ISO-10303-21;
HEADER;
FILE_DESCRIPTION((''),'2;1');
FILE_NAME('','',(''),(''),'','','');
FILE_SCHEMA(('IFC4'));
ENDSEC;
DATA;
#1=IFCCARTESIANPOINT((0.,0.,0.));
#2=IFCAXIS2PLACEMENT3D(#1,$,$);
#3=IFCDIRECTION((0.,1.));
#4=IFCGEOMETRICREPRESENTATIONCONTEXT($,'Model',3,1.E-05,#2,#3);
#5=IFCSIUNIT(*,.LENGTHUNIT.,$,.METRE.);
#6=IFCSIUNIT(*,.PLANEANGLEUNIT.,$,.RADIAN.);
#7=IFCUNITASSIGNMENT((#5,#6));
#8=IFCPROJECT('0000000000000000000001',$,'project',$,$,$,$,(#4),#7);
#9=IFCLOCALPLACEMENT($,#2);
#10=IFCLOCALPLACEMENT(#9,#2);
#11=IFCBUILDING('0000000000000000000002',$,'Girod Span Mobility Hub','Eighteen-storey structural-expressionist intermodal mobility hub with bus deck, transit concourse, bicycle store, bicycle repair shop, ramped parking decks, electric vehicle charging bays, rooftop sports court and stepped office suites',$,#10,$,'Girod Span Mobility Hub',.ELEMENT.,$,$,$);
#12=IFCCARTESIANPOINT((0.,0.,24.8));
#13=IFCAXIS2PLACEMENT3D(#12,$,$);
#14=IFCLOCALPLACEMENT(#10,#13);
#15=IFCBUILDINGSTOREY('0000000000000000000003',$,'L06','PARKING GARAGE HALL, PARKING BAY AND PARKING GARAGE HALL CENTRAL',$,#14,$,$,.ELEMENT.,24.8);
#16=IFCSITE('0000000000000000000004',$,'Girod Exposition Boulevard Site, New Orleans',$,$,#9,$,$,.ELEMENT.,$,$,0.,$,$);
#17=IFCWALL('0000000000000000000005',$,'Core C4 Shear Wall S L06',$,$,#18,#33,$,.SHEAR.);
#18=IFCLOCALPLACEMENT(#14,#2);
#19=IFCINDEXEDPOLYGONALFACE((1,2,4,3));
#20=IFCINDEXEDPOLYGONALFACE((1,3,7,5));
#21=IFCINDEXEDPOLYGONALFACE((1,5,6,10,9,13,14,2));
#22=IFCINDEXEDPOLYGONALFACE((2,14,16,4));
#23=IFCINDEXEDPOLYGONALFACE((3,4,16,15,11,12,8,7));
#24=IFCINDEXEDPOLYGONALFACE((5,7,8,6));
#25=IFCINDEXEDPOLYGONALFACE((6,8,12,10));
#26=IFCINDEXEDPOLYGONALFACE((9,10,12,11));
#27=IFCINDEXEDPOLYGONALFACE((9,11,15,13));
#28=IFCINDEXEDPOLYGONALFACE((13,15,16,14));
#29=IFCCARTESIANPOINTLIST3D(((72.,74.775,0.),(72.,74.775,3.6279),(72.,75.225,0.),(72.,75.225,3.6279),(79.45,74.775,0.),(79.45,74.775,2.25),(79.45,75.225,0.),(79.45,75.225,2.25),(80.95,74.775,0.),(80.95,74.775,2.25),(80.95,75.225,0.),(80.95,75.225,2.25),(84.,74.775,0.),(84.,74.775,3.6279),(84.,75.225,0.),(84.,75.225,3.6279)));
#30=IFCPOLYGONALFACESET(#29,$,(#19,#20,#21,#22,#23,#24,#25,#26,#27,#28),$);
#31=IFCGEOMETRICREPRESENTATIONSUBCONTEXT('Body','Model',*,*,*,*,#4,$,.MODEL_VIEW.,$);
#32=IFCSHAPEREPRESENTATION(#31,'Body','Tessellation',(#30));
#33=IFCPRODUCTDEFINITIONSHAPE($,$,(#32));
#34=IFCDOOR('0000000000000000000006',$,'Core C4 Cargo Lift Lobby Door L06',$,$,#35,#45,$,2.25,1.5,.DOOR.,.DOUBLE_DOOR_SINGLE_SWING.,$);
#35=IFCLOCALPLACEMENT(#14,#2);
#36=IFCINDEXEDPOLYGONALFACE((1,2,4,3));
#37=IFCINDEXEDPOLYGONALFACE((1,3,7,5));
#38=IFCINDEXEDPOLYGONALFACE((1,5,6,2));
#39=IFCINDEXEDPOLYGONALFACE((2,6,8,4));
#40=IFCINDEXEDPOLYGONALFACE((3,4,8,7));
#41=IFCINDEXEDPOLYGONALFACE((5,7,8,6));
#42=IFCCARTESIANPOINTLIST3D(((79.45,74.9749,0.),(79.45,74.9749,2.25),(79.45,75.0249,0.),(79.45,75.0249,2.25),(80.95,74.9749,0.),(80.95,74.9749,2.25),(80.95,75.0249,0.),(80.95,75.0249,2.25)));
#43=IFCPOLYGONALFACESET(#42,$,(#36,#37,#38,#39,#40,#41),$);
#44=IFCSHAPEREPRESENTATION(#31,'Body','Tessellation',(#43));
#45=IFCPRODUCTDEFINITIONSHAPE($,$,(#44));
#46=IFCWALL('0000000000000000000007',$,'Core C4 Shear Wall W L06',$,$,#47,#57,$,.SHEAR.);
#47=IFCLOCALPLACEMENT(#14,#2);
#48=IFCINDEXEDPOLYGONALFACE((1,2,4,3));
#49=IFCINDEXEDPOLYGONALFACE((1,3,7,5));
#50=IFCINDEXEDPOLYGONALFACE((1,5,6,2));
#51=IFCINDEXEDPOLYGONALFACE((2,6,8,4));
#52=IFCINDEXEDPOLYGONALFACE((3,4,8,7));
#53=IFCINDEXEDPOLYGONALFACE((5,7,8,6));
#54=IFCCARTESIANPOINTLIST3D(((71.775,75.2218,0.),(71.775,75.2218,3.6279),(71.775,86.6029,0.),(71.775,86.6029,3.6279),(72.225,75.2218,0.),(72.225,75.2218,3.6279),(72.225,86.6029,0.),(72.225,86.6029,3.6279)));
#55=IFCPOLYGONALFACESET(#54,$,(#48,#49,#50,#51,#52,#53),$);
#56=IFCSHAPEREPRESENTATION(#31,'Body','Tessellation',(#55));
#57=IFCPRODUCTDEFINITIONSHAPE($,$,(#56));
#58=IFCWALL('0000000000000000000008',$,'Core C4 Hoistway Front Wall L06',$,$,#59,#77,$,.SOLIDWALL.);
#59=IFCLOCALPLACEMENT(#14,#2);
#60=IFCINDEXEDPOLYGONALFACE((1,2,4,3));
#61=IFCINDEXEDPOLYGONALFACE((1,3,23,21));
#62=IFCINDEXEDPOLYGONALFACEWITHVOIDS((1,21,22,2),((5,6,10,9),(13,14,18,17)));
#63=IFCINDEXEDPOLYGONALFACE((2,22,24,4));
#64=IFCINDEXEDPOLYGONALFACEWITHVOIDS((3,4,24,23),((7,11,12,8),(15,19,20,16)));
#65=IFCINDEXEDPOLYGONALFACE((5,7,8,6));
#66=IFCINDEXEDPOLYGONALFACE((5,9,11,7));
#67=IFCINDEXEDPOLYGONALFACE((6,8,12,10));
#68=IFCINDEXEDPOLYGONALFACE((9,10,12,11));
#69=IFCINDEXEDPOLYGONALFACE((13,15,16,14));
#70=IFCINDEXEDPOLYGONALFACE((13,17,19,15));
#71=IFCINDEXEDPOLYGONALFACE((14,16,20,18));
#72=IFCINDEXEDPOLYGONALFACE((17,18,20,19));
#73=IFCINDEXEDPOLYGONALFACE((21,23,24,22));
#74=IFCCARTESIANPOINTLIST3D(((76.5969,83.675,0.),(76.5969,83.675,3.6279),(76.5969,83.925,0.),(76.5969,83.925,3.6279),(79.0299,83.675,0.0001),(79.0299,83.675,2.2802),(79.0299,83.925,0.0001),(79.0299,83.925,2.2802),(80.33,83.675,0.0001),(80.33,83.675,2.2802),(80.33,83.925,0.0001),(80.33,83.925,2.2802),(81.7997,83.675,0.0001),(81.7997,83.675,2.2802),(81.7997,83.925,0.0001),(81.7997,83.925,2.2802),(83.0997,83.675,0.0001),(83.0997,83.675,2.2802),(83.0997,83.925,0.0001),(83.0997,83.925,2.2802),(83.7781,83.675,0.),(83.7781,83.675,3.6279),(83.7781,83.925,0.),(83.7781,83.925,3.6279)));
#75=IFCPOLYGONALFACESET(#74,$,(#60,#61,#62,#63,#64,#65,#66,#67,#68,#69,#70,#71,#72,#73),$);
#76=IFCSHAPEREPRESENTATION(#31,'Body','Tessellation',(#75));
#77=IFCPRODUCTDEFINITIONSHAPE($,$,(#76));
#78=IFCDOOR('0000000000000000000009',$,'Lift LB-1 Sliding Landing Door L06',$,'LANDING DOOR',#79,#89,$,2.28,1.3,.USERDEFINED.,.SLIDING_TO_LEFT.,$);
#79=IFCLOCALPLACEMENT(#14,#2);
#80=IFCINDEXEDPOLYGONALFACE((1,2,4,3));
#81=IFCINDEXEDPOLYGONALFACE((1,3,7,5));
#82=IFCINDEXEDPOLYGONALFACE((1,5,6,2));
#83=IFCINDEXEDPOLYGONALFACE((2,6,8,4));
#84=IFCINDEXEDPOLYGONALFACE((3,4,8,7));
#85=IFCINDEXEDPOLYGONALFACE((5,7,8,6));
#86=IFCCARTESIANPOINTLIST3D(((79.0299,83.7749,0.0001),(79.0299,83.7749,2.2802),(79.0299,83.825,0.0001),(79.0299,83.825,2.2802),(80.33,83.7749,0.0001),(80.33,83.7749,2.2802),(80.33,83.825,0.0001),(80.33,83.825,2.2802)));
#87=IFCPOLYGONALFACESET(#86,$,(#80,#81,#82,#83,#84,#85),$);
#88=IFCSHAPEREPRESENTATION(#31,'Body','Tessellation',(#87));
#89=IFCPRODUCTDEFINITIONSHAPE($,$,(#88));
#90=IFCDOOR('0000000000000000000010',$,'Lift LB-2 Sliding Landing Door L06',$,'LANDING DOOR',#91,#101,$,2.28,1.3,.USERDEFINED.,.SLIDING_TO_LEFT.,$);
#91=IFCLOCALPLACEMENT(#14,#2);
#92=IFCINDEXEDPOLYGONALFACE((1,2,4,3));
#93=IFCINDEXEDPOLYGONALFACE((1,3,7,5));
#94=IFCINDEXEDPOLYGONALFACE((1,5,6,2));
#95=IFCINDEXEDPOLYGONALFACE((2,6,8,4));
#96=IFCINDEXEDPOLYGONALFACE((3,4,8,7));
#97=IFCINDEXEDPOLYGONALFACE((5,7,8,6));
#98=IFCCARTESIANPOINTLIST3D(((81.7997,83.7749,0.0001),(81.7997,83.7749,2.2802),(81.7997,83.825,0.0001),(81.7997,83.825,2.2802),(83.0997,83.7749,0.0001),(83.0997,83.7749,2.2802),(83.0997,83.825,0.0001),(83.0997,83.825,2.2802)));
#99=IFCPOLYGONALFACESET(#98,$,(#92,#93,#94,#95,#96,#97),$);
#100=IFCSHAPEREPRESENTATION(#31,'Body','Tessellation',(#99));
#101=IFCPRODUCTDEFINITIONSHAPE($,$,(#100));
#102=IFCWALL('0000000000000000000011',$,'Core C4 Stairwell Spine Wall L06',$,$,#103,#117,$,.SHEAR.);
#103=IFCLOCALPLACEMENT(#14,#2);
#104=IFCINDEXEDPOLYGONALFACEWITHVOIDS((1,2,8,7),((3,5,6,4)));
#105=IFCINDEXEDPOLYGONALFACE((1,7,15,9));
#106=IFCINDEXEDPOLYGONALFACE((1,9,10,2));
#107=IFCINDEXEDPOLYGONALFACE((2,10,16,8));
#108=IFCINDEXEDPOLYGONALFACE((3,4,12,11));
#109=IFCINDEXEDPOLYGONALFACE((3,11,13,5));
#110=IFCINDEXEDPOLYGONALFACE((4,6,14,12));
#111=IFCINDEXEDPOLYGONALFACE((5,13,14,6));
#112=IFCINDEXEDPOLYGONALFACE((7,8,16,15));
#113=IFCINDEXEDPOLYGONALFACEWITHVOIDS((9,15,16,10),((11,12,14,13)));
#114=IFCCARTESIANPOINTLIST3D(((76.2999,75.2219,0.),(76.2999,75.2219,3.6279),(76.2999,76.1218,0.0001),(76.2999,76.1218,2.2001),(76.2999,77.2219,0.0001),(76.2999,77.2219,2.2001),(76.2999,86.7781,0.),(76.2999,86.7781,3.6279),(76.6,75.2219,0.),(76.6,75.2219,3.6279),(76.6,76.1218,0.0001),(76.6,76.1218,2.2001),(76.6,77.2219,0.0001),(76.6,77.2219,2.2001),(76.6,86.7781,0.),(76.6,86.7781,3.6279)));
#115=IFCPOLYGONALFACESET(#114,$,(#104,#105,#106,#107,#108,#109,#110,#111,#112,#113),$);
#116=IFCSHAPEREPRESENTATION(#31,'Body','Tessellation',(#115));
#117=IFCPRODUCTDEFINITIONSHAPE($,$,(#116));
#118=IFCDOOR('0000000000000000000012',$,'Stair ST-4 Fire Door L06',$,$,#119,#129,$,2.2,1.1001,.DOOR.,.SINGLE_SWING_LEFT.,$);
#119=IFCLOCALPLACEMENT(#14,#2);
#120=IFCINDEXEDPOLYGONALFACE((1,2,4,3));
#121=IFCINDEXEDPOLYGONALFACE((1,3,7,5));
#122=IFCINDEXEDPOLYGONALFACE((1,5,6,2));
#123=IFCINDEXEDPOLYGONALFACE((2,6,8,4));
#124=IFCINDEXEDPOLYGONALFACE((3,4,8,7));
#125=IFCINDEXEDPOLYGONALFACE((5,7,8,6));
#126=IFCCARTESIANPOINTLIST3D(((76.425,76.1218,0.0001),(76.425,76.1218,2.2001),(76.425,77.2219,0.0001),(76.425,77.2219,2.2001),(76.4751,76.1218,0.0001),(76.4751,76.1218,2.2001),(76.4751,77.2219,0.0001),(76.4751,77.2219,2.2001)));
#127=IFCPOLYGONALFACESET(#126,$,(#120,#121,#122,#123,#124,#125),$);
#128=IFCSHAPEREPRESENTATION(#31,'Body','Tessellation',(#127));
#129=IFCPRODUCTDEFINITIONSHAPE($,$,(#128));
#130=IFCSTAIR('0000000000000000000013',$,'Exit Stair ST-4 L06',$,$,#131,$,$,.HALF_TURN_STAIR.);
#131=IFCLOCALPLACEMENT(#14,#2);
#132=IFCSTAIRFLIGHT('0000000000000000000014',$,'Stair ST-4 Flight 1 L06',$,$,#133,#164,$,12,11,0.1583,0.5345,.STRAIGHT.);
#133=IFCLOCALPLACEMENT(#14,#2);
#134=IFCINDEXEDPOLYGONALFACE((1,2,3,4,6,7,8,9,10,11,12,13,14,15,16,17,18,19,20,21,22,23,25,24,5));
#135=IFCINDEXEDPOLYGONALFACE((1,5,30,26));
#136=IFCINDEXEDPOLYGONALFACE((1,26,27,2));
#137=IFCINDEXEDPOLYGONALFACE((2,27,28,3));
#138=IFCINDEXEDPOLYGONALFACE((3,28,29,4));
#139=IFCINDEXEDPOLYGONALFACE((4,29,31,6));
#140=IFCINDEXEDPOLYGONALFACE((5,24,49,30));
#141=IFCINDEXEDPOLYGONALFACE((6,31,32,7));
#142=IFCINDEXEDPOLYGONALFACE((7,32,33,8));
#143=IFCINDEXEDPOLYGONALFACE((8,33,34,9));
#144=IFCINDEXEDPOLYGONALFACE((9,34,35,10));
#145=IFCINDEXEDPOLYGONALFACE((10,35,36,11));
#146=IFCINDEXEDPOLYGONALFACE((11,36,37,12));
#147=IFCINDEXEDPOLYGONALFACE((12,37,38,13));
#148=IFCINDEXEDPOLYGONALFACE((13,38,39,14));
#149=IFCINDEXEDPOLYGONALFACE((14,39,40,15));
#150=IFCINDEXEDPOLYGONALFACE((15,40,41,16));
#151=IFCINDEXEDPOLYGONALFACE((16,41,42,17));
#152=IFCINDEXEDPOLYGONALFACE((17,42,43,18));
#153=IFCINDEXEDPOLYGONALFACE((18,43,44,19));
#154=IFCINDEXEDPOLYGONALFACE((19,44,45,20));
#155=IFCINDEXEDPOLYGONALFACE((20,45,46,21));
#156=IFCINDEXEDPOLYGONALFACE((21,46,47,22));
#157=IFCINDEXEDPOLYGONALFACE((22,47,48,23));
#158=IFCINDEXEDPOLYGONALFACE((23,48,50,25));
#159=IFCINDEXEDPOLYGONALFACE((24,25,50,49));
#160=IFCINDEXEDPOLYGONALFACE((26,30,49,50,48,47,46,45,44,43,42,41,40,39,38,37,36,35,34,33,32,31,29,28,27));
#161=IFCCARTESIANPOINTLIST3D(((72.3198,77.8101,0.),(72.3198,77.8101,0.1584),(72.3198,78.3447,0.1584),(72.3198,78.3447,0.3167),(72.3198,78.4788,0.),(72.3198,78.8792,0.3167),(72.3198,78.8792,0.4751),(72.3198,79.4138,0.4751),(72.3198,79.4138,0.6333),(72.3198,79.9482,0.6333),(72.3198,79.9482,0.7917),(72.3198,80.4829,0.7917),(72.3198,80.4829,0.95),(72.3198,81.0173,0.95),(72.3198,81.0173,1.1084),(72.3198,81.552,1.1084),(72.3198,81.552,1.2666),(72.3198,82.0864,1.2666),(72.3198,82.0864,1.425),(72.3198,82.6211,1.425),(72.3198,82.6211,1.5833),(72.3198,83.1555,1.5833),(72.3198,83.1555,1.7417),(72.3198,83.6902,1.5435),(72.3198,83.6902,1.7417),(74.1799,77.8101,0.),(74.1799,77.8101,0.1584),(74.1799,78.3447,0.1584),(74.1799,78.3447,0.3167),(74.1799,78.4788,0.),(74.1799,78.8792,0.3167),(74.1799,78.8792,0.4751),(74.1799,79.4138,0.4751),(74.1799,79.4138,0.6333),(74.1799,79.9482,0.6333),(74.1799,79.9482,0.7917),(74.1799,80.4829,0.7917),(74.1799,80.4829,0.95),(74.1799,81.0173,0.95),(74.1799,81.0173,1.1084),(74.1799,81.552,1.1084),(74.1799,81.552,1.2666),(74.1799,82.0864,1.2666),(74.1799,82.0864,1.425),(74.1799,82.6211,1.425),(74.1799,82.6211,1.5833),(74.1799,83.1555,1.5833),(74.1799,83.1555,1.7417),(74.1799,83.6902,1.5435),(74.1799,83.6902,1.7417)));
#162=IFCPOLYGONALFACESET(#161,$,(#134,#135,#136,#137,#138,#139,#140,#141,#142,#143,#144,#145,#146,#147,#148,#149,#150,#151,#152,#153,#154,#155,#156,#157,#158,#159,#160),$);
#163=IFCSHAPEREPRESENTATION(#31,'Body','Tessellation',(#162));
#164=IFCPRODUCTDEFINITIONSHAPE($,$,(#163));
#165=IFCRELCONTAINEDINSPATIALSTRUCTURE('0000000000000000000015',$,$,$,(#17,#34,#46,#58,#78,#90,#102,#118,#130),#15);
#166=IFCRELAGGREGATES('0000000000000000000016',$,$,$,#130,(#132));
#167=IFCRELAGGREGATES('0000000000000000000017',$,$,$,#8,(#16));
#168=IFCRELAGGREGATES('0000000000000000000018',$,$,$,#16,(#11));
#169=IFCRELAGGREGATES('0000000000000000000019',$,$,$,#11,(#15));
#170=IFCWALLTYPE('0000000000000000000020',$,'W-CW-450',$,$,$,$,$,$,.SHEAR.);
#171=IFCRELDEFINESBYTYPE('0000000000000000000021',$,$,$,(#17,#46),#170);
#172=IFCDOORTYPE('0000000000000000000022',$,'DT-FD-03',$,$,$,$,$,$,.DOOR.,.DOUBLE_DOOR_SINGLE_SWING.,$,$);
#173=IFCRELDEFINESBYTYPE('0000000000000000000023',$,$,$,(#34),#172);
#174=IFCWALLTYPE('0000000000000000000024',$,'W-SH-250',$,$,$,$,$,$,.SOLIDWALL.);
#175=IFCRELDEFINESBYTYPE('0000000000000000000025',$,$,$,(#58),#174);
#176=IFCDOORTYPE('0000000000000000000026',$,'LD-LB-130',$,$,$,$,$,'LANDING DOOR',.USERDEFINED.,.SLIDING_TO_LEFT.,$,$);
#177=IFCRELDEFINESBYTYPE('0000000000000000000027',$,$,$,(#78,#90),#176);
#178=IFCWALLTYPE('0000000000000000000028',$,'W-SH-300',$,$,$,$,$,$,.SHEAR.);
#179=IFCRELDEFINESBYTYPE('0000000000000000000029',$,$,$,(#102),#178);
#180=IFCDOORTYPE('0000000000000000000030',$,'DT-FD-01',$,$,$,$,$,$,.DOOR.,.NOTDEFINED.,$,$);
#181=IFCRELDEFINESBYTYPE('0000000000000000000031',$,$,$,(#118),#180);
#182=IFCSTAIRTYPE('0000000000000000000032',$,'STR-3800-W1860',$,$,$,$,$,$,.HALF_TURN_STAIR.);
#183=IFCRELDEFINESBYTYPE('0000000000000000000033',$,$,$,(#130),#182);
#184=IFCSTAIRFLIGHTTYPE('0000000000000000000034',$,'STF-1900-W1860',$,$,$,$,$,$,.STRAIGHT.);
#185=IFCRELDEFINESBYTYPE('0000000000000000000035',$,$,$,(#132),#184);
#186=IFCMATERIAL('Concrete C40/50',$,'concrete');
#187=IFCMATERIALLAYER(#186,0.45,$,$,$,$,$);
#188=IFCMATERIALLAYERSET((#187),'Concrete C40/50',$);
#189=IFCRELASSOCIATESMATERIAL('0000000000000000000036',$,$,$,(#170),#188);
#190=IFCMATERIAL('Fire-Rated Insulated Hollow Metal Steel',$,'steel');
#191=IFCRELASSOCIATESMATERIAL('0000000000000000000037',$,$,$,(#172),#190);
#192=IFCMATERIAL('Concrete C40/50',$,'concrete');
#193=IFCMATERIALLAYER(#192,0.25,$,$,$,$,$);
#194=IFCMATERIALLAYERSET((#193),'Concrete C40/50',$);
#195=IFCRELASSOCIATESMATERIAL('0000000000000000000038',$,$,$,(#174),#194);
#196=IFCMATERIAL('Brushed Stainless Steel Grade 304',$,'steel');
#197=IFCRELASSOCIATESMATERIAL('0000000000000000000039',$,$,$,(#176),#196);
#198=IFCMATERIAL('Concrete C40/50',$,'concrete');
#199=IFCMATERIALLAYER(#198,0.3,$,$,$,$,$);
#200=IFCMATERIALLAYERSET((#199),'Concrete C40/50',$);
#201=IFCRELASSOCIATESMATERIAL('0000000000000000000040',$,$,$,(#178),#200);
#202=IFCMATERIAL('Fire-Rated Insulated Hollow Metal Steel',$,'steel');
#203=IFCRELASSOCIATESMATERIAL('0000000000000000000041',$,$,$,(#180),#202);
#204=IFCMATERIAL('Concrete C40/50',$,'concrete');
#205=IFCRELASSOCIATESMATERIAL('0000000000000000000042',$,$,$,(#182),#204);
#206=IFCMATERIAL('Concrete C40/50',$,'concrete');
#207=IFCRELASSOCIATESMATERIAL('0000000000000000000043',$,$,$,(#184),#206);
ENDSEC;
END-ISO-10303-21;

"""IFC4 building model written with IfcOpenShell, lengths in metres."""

from ifc_helpers import new_model, si_unit, direction, frame, frame_2d, origin, place, context, subcontext, project, spatial, polyline, rectangle, outline, extrude, material, layer, layer_set, type_object, element, fill, aggregate, save


model = new_model("IFC4")

# Units and contexts
model_context = context("Model", 3, precision=1e-05, world=origin(), true_north=direction((0.0, 1.0)))
body_context = subcontext(model_context, "Body", "Model", "MODEL_VIEW")
ifc_project = project(units=[si_unit("LENGTHUNIT", "METRE"), si_unit("PLANEANGLEUNIT", "RADIAN")], contexts=[model_context])

# Site, building, storey
site_placement = place(None, origin())
site = spatial("IfcSite", under=ifc_project, at=site_placement, Name="Girod Exposition Boulevard Site, New Orleans", CompositionType="ELEMENT", RefElevation=0.0)
building_placement = place(site_placement, origin())
building = spatial("IfcBuilding", under=site, at=building_placement, Name="Girod Span Mobility Hub", Description="Eighteen-storey structural-expressionist intermodal mobility hub with bus deck, transit concourse, bicycle store, bicycle repair shop, ramped parking decks, electric vehicle charging bays, rooftop sports court and stepped office suites", LongName="Girod Span Mobility Hub", CompositionType="ELEMENT")
storey_placement = place(building_placement, frame((0.0, 0.0, 24.8)))
storey = spatial("IfcBuildingStorey", under=building, at=storey_placement, Name="L06", Description="PARKING GARAGE HALL, PARKING BAY AND PARKING GARAGE HALL CENTRAL", CompositionType="ELEMENT", Elevation=24.8)

# Wall, opening, door
ifc_material_1 = material(Name="Concrete C40/50", Category="concrete")
ifc_layer_1 = layer(ifc_material_1, 0.45)
ifc_layer_set_1 = layer_set([ifc_layer_1], Name="Concrete C40/50")
wall_type_1 = type_object("IfcWallType", Name="W-CW-450", PredefinedType="SHEAR", material=ifc_layer_set_1)
wall_1_placement = place(storey_placement, frame((72.0, 75.0, 0.0), z_axis=(0.0, 0.0, 1.0), x_axis=(1.0, 0.0, 0.0)))
wall_1 = element("IfcWall", 1, at=wall_1_placement, inside=storey, type_object=wall_type_1, Name="Core C4 Shear Wall S L06", PredefinedType="SHEAR", context=body_context, shape_type="SweptSolid", body=[
    extrude(rectangle(XDim=12.0, YDim=0.45, at=frame_2d((6.0, 0.0))), origin(), (0.0, 0.0, 1.0), 3.6279),
])
opening_1_placement = place(wall_1_placement, frame((7.45, 0.0, 0.0)))
opening_1 = element("IfcOpeningElement", 2, at=opening_1_placement, cuts=wall_1, PredefinedType="OPENING", context=body_context, shape_type="SweptSolid", body=[
    extrude(rectangle(XDim=1.5, YDim=2.25, at=frame_2d((0.75, 1.125))), frame((0.0, 0.24, 0.0), z_axis=(0.0, -1.0, 0.0), x_axis=(1.0, 0.0, 0.0)), (0.0, 0.0, 1.0), 0.48),
])
ifc_material_2 = material(Name="Fire-Rated Insulated Hollow Metal Steel", Category="steel")
door_type_1 = type_object("IfcDoorType", Name="DT-FD-03", OperationType="DOUBLE_DOOR_SINGLE_SWING", PredefinedType="DOOR", material=ifc_material_2)
door_1_placement = place(opening_1_placement, origin())
door_1 = element("IfcDoor", 3, at=door_1_placement, inside=storey, type_object=door_type_1, Name="Core C4 Cargo Lift Lobby Door L06", OperationType="DOUBLE_DOOR_SINGLE_SWING", OverallHeight=2.25, OverallWidth=1.5, PredefinedType="DOOR", context=body_context, shape_type="SweptSolid", body=[
    extrude(rectangle(XDim=1.5, YDim=2.25, at=frame_2d((0.75, 1.125))), frame((0.0, 0.0249, 0.0), z_axis=(0.0, -1.0, 0.0), x_axis=(1.0, 0.0, 0.0)), (0.0, 0.0, 1.0), 0.05),
])
fill(opening_1, door_1)

# Wall
wall_2_placement = place(storey_placement, frame((72.0, 75.2219, 0.0), z_axis=(0.0, 0.0, 1.0), x_axis=(0.0, 1.0, 0.0)))
element("IfcWall", 4, at=wall_2_placement, inside=storey, type_object=wall_type_1, Name="Core C4 Shear Wall W L06", PredefinedType="SHEAR", context=body_context, shape_type="SweptSolid", body=[
    extrude(rectangle(XDim=11.3811, YDim=0.45, at=frame_2d((5.6904, 0.0))), origin(), (0.0, 0.0, 1.0), 3.6279),
])

# Wall, openings, doors
ifc_material_3 = material(Name="Concrete C40/50", Category="concrete")
ifc_layer_2 = layer(ifc_material_3, 0.25)
ifc_layer_set_2 = layer_set([ifc_layer_2], Name="Concrete C40/50")
wall_type_2 = type_object("IfcWallType", Name="W-SH-250", PredefinedType="SOLIDWALL", material=ifc_layer_set_2)
wall_3_placement = place(storey_placement, frame((76.5969, 83.8, 0.0), z_axis=(0.0, 0.0, 1.0), x_axis=(1.0, 0.0, 0.0)))
wall_3 = element("IfcWall", 5, at=wall_3_placement, inside=storey, type_object=wall_type_2, Name="Core C4 Hoistway Front Wall L06", PredefinedType="SOLIDWALL", context=body_context, shape_type="SweptSolid", body=[
    extrude(rectangle(XDim=7.1812, YDim=0.25, at=frame_2d((3.5906, 0.0))), origin(), (0.0, 0.0, 1.0), 3.6279),
])
opening_2_placement = place(wall_3_placement, frame((2.4331, 0.0, 0.0)))
opening_2 = element("IfcOpeningElement", 6, at=opening_2_placement, cuts=wall_3, PredefinedType="OPENING", context=body_context, shape_type="SweptSolid", body=[
    extrude(rectangle(XDim=1.3, YDim=2.28, at=frame_2d((0.6499, 1.1401))), frame((0.0, 0.1399, 0.0), z_axis=(0.0, -1.0, 0.0), x_axis=(1.0, 0.0, 0.0)), (0.0, 0.0, 1.0), 0.28),
])
opening_3_placement = place(wall_3_placement, frame((5.2029, 0.0, 0.0)))
opening_3 = element("IfcOpeningElement", 7, at=opening_3_placement, cuts=wall_3, PredefinedType="OPENING", context=body_context, shape_type="SweptSolid", body=[
    extrude(rectangle(XDim=1.3, YDim=2.28, at=frame_2d((0.6499, 1.1401))), frame((0.0, 0.1399, 0.0), z_axis=(0.0, -1.0, 0.0), x_axis=(1.0, 0.0, 0.0)), (0.0, 0.0, 1.0), 0.28),
])
ifc_material_4 = material(Name="Brushed Stainless Steel Grade 304", Category="steel")
door_type_2 = type_object("IfcDoorType", Name="LD-LB-130", ElementType="LANDING DOOR", OperationType="SLIDING_TO_LEFT", PredefinedType="USERDEFINED", material=ifc_material_4)
door_2_placement = place(opening_2_placement, origin())
door_2 = element("IfcDoor", 8, at=door_2_placement, inside=storey, type_object=door_type_2, Name="Lift LB-1 Sliding Landing Door L06", ObjectType="LANDING DOOR", OperationType="SLIDING_TO_LEFT", OverallHeight=2.28, OverallWidth=1.3, PredefinedType="USERDEFINED", context=body_context, shape_type="SweptSolid", body=[
    extrude(rectangle(XDim=1.3, YDim=2.28, at=frame_2d((0.6499, 1.1401))), frame((0.0, 0.0249, 0.0), z_axis=(0.0, -1.0, 0.0), x_axis=(1.0, 0.0, 0.0)), (0.0, 0.0, 1.0), 0.05),
])
fill(opening_2, door_2)
door_3_placement = place(opening_3_placement, origin())
door_3 = element("IfcDoor", 9, at=door_3_placement, inside=storey, type_object=door_type_2, Name="Lift LB-2 Sliding Landing Door L06", ObjectType="LANDING DOOR", OperationType="SLIDING_TO_LEFT", OverallHeight=2.28, OverallWidth=1.3, PredefinedType="USERDEFINED", context=body_context, shape_type="SweptSolid", body=[
    extrude(rectangle(XDim=1.3, YDim=2.28, at=frame_2d((0.6499, 1.1401))), frame((0.0, 0.0249, 0.0), z_axis=(0.0, -1.0, 0.0), x_axis=(1.0, 0.0, 0.0)), (0.0, 0.0, 1.0), 0.05),
])
fill(opening_3, door_3)

# Wall, opening, door
ifc_material_5 = material(Name="Concrete C40/50", Category="concrete")
ifc_layer_3 = layer(ifc_material_5, 0.3)
ifc_layer_set_3 = layer_set([ifc_layer_3], Name="Concrete C40/50")
wall_type_3 = type_object("IfcWallType", Name="W-SH-300", PredefinedType="SHEAR", material=ifc_layer_set_3)
wall_4_placement = place(storey_placement, frame((76.45, 75.2219, 0.0), z_axis=(0.0, 0.0, 1.0), x_axis=(0.0, 1.0, 0.0)))
wall_4 = element("IfcWall", 10, at=wall_4_placement, inside=storey, type_object=wall_type_3, Name="Core C4 Stairwell Spine Wall L06", PredefinedType="SHEAR", context=body_context, shape_type="SweptSolid", body=[
    extrude(rectangle(XDim=11.5562, YDim=0.3, at=frame_2d((5.7781, 0.0))), origin(), (0.0, 0.0, 1.0), 3.6279),
])
opening_4_placement = place(wall_4_placement, frame((0.8999, 0.0, 0.0)))
opening_4 = element("IfcOpeningElement", 11, at=opening_4_placement, cuts=wall_4, PredefinedType="OPENING", context=body_context, shape_type="SweptSolid", body=[
    extrude(rectangle(XDim=1.1001, YDim=2.2, at=frame_2d((0.55, 1.1001))), frame((0.0, 0.165, 0.0), z_axis=(0.0, -1.0, 0.0), x_axis=(1.0, 0.0, 0.0)), (0.0, 0.0, 1.0), 0.3301),
])
ifc_material_6 = material(Name="Fire-Rated Insulated Hollow Metal Steel", Category="steel")
door_type_3 = type_object("IfcDoorType", Name="DT-FD-01", OperationType="NOTDEFINED", PredefinedType="DOOR", material=ifc_material_6)
door_4_placement = place(opening_4_placement, origin())
door_4 = element("IfcDoor", 12, at=door_4_placement, inside=storey, type_object=door_type_3, Name="Stair ST-4 Fire Door L06", OperationType="SINGLE_SWING_LEFT", OverallHeight=2.2, OverallWidth=1.1001, PredefinedType="DOOR", context=body_context, shape_type="SweptSolid", body=[
    extrude(rectangle(XDim=1.1001, YDim=2.2, at=frame_2d((0.55, 1.1001))), frame((0.0, 0.0249, 0.0), z_axis=(0.0, -1.0, 0.0), x_axis=(1.0, 0.0, 0.0)), (0.0, 0.0, 1.0), 0.05),
])
fill(opening_4, door_4)

# Stair, stair flight
ifc_material_7 = material(Name="Concrete C40/50", Category="concrete")
stair_type = type_object("IfcStairType", Name="STR-3800-W1860", PredefinedType="HALF_TURN_STAIR", material=ifc_material_7)
stair_placement = place(storey_placement, origin())
stair = element("IfcStair", 13, at=stair_placement, inside=storey, type_object=stair_type, Name="Exit Stair ST-4 L06", PredefinedType="HALF_TURN_STAIR")
ifc_material_8 = material(Name="Concrete C40/50", Category="concrete")
stair_flight_type = type_object("IfcStairFlightType", Name="STF-1900-W1860", PredefinedType="STRAIGHT", material=ifc_material_8)
stair_flight_1_placement = place(storey_placement, frame((73.25, 77.8101, 0.0), z_axis=(0.0, 0.0, 1.0), x_axis=(0.0, 1.0, 0.0)))
stair_flight_1 = element("IfcStairFlight", 14, at=stair_flight_1_placement, type_object=stair_flight_type, Name="Stair ST-4 Flight 1 L06", NumberOfRisers=12, NumberOfTreads=11, PredefinedType="STRAIGHT", RiserHeight=0.1583, TreadLength=0.5345, context=body_context, shape_type="SweptSolid", body=[
    extrude(outline(polyline([(0.0, 0.0), (0.0, 0.1584), (0.5347, 0.1584), (0.5347, 0.3167), (1.0691, 0.3167), (1.0691, 0.4751), (1.6038, 0.4751), (1.6038, 0.6333), (2.1382, 0.6333), (2.1382, 0.7917), (2.6729, 0.7917), (2.6729, 0.95), (3.2073, 0.95), (3.2073, 1.1084), (3.7419, 1.1084), (3.7419, 1.2666), (4.2764, 1.2666), (4.2764, 1.425), (4.811, 1.425), (4.811, 1.5833), (5.3455, 1.5833), (5.3455, 1.7417), (5.8801, 1.7417), (5.8801, 1.8999), (5.8801, 1.5435), (0.6687, 0.0), (0.0, 0.0)])), frame((0.0, 0.9302, 0.0), z_axis=(0.0, -1.0, 0.0), x_axis=(1.0, 0.0, 0.0)), (0.0, 0.0, 1.0), 1.8601),
])
aggregate(stair, [stair_flight_1])

save(model, "model.ifc")
